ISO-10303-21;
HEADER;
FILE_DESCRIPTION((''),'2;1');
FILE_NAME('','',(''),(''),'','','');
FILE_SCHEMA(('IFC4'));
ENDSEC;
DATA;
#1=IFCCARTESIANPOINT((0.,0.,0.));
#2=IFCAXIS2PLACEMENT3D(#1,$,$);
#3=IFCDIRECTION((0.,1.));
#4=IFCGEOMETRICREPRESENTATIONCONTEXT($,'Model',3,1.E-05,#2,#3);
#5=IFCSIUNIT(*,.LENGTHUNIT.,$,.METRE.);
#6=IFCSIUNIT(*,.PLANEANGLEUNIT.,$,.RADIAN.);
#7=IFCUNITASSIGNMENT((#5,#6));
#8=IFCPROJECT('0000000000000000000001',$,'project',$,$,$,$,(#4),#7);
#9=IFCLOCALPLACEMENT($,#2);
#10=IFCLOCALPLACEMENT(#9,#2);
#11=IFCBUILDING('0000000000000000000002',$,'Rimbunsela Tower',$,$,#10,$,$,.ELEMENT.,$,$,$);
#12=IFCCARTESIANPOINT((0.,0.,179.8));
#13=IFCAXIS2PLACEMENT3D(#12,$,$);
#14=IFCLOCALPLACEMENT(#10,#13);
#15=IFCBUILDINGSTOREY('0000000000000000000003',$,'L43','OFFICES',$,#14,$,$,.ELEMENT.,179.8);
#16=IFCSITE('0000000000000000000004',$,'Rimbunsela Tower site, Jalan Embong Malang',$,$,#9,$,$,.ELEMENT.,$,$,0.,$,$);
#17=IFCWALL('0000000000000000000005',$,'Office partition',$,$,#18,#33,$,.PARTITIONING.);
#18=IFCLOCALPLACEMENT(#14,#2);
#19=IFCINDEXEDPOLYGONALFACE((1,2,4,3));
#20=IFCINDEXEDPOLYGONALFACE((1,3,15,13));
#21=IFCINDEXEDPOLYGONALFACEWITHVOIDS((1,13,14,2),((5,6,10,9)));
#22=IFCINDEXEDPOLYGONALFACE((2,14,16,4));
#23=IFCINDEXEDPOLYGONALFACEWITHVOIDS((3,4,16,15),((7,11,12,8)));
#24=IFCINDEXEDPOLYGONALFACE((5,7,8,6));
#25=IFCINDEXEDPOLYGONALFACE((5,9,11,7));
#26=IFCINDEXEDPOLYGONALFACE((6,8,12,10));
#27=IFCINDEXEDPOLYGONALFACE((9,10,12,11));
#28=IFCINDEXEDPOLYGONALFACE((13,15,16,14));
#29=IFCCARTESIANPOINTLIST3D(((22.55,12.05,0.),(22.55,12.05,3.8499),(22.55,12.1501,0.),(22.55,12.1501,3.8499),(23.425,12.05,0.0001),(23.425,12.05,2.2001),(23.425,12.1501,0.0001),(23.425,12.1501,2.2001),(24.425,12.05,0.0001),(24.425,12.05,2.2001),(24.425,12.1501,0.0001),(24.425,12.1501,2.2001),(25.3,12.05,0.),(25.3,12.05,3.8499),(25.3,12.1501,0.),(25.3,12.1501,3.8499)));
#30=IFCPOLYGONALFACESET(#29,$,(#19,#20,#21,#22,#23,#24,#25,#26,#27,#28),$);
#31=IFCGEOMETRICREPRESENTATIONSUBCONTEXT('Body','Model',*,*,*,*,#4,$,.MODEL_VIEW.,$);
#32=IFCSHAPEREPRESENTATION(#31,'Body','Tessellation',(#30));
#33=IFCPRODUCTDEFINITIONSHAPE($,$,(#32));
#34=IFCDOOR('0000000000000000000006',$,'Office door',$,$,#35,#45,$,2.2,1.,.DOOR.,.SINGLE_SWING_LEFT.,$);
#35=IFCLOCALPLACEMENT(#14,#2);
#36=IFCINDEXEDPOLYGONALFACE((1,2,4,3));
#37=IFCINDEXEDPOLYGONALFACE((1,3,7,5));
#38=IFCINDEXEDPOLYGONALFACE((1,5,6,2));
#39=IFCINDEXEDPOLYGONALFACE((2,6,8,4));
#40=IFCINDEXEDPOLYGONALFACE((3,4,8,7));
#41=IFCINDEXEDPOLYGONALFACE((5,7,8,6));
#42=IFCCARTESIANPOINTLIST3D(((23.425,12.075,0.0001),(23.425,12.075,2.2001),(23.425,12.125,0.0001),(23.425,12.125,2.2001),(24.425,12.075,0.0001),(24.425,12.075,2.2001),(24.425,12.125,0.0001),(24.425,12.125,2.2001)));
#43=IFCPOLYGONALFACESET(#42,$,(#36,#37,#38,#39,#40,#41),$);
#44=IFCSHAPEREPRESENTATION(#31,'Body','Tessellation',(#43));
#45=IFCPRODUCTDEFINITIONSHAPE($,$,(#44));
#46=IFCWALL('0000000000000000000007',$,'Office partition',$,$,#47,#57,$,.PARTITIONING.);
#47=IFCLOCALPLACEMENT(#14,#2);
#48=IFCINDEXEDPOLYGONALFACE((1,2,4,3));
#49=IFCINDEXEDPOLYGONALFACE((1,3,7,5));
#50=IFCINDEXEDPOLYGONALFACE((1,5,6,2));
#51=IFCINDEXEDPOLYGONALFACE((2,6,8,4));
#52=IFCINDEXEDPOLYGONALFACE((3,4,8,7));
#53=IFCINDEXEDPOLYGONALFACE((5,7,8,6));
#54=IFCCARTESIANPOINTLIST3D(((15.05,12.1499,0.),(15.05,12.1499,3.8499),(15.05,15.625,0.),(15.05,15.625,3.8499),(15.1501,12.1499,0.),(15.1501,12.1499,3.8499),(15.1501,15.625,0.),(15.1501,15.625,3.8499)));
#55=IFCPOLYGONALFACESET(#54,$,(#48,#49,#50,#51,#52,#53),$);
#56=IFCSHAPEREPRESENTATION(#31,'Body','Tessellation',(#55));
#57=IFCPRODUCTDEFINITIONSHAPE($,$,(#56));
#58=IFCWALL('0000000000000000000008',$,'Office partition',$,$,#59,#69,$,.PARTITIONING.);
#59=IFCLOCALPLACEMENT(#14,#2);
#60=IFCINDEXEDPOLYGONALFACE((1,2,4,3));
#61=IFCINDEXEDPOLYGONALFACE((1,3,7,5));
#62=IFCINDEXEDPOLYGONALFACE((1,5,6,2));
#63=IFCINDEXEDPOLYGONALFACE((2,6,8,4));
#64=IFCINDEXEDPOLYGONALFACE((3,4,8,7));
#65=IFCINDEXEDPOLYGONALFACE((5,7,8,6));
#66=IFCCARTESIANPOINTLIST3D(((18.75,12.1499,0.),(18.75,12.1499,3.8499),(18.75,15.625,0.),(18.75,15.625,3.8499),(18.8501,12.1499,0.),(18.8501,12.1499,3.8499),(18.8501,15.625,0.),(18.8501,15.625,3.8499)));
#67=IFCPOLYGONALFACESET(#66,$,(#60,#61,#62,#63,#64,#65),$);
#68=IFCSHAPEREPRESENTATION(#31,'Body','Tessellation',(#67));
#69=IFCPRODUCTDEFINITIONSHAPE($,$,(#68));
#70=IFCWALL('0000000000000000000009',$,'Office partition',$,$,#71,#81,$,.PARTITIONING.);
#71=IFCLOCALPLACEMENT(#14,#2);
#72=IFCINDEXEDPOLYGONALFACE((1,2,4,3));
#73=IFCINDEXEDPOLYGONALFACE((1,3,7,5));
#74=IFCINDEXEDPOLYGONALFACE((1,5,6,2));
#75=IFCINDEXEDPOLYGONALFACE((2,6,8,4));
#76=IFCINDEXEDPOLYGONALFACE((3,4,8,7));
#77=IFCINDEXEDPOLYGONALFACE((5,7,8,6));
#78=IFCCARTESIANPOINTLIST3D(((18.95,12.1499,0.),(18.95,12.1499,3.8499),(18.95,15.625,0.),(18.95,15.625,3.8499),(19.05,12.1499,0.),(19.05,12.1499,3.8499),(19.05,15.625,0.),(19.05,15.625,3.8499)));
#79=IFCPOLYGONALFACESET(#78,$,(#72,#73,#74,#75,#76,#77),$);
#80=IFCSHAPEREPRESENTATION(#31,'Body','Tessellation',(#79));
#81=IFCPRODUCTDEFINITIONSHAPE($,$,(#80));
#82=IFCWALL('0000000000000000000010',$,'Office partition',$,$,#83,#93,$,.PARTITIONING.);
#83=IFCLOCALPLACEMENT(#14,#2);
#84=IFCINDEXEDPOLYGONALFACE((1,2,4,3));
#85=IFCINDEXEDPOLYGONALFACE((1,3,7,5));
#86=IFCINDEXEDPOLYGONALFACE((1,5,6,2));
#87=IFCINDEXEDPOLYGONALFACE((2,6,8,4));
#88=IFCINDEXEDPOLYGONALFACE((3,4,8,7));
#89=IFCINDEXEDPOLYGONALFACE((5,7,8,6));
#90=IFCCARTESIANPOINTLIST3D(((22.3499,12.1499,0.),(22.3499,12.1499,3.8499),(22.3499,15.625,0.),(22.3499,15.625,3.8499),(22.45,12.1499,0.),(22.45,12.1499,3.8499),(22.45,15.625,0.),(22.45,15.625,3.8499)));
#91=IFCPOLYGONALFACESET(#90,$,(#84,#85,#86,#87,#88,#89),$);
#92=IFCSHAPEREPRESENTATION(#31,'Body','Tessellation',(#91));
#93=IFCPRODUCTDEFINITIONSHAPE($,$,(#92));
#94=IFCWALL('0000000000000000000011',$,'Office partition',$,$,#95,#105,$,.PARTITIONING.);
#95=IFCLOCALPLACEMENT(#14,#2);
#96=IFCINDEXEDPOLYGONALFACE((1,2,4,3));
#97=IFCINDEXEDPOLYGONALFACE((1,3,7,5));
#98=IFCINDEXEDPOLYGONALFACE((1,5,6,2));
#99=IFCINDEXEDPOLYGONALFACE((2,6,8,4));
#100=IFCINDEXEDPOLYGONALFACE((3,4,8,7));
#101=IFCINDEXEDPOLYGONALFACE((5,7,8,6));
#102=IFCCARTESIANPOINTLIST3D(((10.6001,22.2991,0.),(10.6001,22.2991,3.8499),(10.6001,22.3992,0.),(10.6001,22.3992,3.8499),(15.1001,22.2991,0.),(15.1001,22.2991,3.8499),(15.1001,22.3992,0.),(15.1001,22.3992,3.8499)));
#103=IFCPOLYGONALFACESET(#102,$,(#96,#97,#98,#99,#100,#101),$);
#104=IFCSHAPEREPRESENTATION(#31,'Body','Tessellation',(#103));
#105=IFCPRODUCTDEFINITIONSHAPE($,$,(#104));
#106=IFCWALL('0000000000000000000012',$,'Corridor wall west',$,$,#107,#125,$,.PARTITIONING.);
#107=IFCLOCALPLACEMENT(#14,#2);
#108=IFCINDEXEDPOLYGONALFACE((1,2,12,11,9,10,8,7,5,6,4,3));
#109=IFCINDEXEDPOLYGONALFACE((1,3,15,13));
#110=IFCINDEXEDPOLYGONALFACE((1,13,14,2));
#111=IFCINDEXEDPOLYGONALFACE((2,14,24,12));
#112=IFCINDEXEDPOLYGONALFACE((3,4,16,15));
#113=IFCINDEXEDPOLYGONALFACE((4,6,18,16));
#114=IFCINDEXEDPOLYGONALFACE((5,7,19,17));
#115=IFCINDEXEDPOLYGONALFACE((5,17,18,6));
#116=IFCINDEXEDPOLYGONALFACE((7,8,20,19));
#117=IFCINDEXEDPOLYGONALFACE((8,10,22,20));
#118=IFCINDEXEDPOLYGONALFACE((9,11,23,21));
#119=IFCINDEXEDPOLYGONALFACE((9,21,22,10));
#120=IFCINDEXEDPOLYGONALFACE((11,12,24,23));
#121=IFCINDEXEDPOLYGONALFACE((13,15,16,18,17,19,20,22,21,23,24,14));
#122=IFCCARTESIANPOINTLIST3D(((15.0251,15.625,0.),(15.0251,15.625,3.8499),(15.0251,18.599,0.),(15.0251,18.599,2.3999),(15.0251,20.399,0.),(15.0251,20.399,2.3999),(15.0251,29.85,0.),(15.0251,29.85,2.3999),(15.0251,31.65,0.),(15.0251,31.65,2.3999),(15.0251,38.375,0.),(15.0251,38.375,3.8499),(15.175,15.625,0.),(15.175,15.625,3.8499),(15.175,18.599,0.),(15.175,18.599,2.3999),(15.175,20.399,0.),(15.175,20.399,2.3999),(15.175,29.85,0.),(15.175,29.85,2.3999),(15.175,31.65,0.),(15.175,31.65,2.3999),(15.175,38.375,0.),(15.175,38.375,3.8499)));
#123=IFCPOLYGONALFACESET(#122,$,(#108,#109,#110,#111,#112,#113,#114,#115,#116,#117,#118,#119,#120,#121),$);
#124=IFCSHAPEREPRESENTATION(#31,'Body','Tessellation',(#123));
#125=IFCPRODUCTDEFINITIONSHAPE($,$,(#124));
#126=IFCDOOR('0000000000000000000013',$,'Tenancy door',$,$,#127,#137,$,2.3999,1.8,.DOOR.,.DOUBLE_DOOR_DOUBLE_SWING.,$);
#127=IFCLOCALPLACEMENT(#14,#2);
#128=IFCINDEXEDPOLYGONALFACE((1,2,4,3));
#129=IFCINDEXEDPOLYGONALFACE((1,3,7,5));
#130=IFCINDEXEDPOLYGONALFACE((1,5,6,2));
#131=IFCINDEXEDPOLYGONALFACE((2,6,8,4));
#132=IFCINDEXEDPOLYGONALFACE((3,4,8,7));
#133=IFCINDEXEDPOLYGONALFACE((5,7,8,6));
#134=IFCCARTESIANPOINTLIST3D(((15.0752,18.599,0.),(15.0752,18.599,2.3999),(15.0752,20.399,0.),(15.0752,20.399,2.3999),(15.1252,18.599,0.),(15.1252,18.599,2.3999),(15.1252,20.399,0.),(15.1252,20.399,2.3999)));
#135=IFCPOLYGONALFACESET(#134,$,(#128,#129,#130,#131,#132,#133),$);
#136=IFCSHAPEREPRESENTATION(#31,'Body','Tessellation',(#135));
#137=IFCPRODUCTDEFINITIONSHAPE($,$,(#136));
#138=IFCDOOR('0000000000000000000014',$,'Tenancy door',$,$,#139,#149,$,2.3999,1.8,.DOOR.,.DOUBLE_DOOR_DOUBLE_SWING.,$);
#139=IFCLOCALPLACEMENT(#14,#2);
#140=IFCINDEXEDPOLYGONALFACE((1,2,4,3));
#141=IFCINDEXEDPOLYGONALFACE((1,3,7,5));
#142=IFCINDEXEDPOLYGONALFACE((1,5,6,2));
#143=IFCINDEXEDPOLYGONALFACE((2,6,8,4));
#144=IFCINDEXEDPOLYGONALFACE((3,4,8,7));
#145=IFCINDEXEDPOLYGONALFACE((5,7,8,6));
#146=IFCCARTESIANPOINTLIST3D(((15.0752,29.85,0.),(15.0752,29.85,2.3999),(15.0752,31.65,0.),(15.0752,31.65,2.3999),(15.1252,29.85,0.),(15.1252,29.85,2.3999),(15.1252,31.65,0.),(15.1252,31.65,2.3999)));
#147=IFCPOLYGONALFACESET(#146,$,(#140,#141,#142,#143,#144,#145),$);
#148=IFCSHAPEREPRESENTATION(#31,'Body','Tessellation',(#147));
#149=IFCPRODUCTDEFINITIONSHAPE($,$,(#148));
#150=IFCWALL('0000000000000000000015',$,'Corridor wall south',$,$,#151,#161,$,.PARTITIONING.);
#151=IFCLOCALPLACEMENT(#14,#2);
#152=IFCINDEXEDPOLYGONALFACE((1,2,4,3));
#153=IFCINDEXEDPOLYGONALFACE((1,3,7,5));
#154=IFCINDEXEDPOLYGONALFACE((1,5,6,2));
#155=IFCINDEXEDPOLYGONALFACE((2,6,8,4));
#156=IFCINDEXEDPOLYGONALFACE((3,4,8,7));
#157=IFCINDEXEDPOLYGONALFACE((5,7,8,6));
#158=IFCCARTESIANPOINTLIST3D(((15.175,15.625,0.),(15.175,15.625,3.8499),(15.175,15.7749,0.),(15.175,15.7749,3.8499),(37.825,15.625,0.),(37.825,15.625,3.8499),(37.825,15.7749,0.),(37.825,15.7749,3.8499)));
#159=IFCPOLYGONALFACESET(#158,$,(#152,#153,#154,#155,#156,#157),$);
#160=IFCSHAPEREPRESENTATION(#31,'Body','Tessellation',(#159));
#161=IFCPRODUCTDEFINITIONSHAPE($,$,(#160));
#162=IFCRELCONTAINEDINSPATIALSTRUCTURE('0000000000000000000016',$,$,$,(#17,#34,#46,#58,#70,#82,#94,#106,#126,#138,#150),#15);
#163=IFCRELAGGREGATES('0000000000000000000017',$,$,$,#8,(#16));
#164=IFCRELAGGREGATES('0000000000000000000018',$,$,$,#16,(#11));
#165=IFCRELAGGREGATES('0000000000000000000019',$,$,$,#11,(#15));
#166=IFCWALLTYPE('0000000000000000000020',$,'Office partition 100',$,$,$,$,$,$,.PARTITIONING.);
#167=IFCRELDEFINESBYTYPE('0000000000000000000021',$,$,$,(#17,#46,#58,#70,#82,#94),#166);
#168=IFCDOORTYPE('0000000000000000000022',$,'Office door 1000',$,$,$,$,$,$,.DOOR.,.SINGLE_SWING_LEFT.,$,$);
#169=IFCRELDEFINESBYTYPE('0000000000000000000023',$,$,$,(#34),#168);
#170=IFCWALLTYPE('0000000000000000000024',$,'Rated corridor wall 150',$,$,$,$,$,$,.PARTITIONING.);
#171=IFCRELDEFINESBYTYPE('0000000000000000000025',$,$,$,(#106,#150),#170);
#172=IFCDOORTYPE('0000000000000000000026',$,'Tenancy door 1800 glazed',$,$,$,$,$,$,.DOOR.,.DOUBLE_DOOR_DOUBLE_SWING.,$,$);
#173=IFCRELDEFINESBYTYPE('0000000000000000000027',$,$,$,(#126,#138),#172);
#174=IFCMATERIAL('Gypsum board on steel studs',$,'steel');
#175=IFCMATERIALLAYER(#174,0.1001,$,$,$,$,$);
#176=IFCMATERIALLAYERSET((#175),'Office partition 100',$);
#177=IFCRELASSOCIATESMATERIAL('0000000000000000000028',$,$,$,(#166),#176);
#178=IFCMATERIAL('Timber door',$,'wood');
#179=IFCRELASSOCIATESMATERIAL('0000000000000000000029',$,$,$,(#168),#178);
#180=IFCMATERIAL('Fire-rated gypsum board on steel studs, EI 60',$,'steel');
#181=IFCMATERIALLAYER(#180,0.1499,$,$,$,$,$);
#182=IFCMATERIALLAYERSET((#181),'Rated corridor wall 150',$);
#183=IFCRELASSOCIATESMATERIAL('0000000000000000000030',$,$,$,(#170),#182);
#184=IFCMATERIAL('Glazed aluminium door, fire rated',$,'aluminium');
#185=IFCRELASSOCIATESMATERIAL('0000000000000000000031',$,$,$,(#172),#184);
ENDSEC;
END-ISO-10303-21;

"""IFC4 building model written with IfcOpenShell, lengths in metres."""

from ifc_helpers import new_model, si_unit, direction, frame, frame_2d, origin, place, context, subcontext, project, spatial, rectangle, extrude, material, layer, layer_set, type_object, element, fill, save


model = new_model("IFC4")

# Units and contexts
model_context = context("Model", 3, precision=1e-05, world=origin(), true_north=direction((0.0, 1.0)))
body_context = subcontext(model_context, "Body", "Model", "MODEL_VIEW")
ifc_project = project(units=[si_unit("LENGTHUNIT", "METRE"), si_unit("PLANEANGLEUNIT", "RADIAN")], contexts=[model_context])

# Site, building, storey
site_placement = place(None, origin())
site = spatial("IfcSite", under=ifc_project, at=site_placement, Name="Rimbunsela Tower site, Jalan Embong Malang", CompositionType="ELEMENT", RefElevation=0.0)
building_placement = place(site_placement, origin())
building = spatial("IfcBuilding", under=site, at=building_placement, Name="Rimbunsela Tower", CompositionType="ELEMENT")
storey_placement = place(building_placement, frame((0.0, 0.0, 179.8)))
storey = spatial("IfcBuildingStorey", under=building, at=storey_placement, Name="L43", Description="OFFICES", CompositionType="ELEMENT", Elevation=179.8)

# Wall, opening, door
ifc_material_1 = material(Name="Gypsum board on steel studs", Category="steel")
ifc_layer_1 = layer(ifc_material_1, 0.1001)
ifc_layer_set_1 = layer_set([ifc_layer_1], Name="Office partition 100")
wall_type_1 = type_object("IfcWallType", Name="Office partition 100", PredefinedType="PARTITIONING", material=ifc_layer_set_1)
wall_1_placement = place(storey_placement, frame((22.55, 12.1001, 0.0), z_axis=(0.0, 0.0, 1.0), x_axis=(1.0, 0.0, 0.0)))
wall_1 = element("IfcWall", 1, at=wall_1_placement, inside=storey, type_object=wall_type_1, Name="Office partition", PredefinedType="PARTITIONING", context=body_context, shape_type="SweptSolid", body=[
    extrude(rectangle(XDim=2.75, YDim=0.1001, at=frame_2d((1.375, 0.0))), origin(), (0.0, 0.0, 1.0), 3.8499),
])
opening_1_placement = place(wall_1_placement, frame((0.875, 0.0, 0.0)))
opening_1 = element("IfcOpeningElement", 2, at=opening_1_placement, cuts=wall_1, PredefinedType="OPENING", context=body_context, shape_type="SweptSolid", body=[
    extrude(rectangle(XDim=1.0, YDim=2.2, at=frame_2d((0.5, 1.1001))), frame((0.0, 0.0601, 0.0), z_axis=(0.0, -1.0, 0.0), x_axis=(1.0, 0.0, 0.0)), (0.0, 0.0, 1.0), 0.1201),
])
ifc_material_2 = material(Name="Timber door", Category="wood")
door_type_1 = type_object("IfcDoorType", Name="Office door 1000", OperationType="SINGLE_SWING_LEFT", PredefinedType="DOOR", material=ifc_material_2)
door_1_placement = place(opening_1_placement, origin())
door_1 = element("IfcDoor", 3, at=door_1_placement, inside=storey, type_object=door_type_1, Name="Office door", OperationType="SINGLE_SWING_LEFT", OverallHeight=2.2, OverallWidth=1.0, PredefinedType="DOOR", context=body_context, shape_type="SweptSolid", body=[
    extrude(rectangle(XDim=1.0, YDim=2.2, at=frame_2d((0.5, 1.1001))), frame((0.0, 0.0249, 0.0), z_axis=(0.0, -1.0, 0.0), x_axis=(1.0, 0.0, 0.0)), (0.0, 0.0, 1.0), 0.05),
])
fill(opening_1, door_1)

# Walls
for number, where, z_axis, x_axis, name in (
    (4, (15.1001, 12.1499, 0.0), (0.0, 0.0, 1.0), (0.0, 1.0, 0.0), "Office partition"),
    (5, (18.8, 12.1499, 0.0), (0.0, 0.0, 1.0), (0.0, 1.0, 0.0), "Office partition"),
    (6, (19.0, 12.1499, 0.0), (0.0, 0.0, 1.0), (0.0, 1.0, 0.0), "Office partition"),
    (7, (22.3999, 12.1499, 0.0), (0.0, 0.0, 1.0), (0.0, 1.0, 0.0), "Office partition"),
):
    element("IfcWall", number, at=place(storey_placement, frame(where, z_axis=z_axis, x_axis=x_axis)), inside=storey, type_object=wall_type_1, Name=name, PredefinedType="PARTITIONING", context=body_context, shape_type="SweptSolid", body=[
        extrude(rectangle(XDim=3.4751, YDim=0.1001, at=frame_2d((1.7375, 0.0))), origin(), (0.0, 0.0, 1.0), 3.8499),
    ])
wall_2_placement = place(storey_placement, frame((15.1001, 22.3491, 0.0), z_axis=(0.0, 0.0, 1.0), x_axis=(-1.0, 0.0, 0.0)))
element("IfcWall", 8, at=wall_2_placement, inside=storey, type_object=wall_type_1, Name="Office partition", PredefinedType="PARTITIONING", context=body_context, shape_type="SweptSolid", body=[
    extrude(rectangle(XDim=4.5, YDim=0.1001, at=frame_2d((2.25, 0.0))), origin(), (0.0, 0.0, 1.0), 3.8499),
])

# Wall, openings, doors
ifc_material_3 = material(Name="Fire-rated gypsum board on steel studs, EI 60", Category="steel")
ifc_layer_2 = layer(ifc_material_3, 0.1499)
ifc_layer_set_2 = layer_set([ifc_layer_2], Name="Rated corridor wall 150")
wall_type_2 = type_object("IfcWallType", Name="Rated corridor wall 150", PredefinedType="PARTITIONING", material=ifc_layer_set_2)
wall_3_placement = place(storey_placement, frame((15.1001, 15.625, 0.0), z_axis=(0.0, 0.0, 1.0), x_axis=(0.0, 1.0, 0.0)))
wall_3 = element("IfcWall", 9, at=wall_3_placement, inside=storey, type_object=wall_type_2, Name="Corridor wall west", PredefinedType="PARTITIONING", context=body_context, shape_type="SweptSolid", body=[
    extrude(rectangle(XDim=22.75, YDim=0.1499, at=frame_2d((11.375, 0.0))), origin(), (0.0, 0.0, 1.0), 3.8499),
])
opening_2_placement = place(wall_3_placement, frame((2.9741, 0.0, 0.0)))
opening_2 = element("IfcOpeningElement", 10, at=opening_2_placement, cuts=wall_3, PredefinedType="OPENING", context=body_context, shape_type="SweptSolid", body=[
    extrude(rectangle(XDim=1.8, YDim=2.3999, at=frame_2d((0.8999, 1.2))), frame((0.0, 0.085, 0.0), z_axis=(0.0, -1.0, 0.0), x_axis=(1.0, 0.0, 0.0)), (0.0, 0.0, 1.0), 0.1699),
])
opening_3_placement = place(wall_3_placement, frame((14.2251, 0.0, 0.0)))
opening_3 = element("IfcOpeningElement", 11, at=opening_3_placement, cuts=wall_3, PredefinedType="OPENING", context=body_context, shape_type="SweptSolid", body=[
    extrude(rectangle(XDim=1.8, YDim=2.3999, at=frame_2d((0.8999, 1.2))), frame((0.0, 0.085, 0.0), z_axis=(0.0, -1.0, 0.0), x_axis=(1.0, 0.0, 0.0)), (0.0, 0.0, 1.0), 0.1699),
])
ifc_material_4 = material(Name="Glazed aluminium door, fire rated", Category="aluminium")
door_type_2 = type_object("IfcDoorType", Name="Tenancy door 1800 glazed", OperationType="DOUBLE_DOOR_DOUBLE_SWING", PredefinedType="DOOR", material=ifc_material_4)
door_2_placement = place(opening_2_placement, origin())
door_2 = element("IfcDoor", 12, at=door_2_placement, inside=storey, type_object=door_type_2, Name="Tenancy door", OperationType="DOUBLE_DOOR_DOUBLE_SWING", OverallHeight=2.3999, OverallWidth=1.8, PredefinedType="DOOR", context=body_context, shape_type="SweptSolid", body=[
    extrude(rectangle(XDim=1.8, YDim=2.3999, at=frame_2d((0.8999, 1.2))), frame((0.0, 0.0249, 0.0), z_axis=(0.0, -1.0, 0.0), x_axis=(1.0, 0.0, 0.0)), (0.0, 0.0, 1.0), 0.05),
])
fill(opening_2, door_2)
door_3_placement = place(opening_3_placement, origin())
door_3 = element("IfcDoor", 13, at=door_3_placement, inside=storey, type_object=door_type_2, Name="Tenancy door", OperationType="DOUBLE_DOOR_DOUBLE_SWING", OverallHeight=2.3999, OverallWidth=1.8, PredefinedType="DOOR", context=body_context, shape_type="SweptSolid", body=[
    extrude(rectangle(XDim=1.8, YDim=2.3999, at=frame_2d((0.8999, 1.2))), frame((0.0, 0.0249, 0.0), z_axis=(0.0, -1.0, 0.0), x_axis=(1.0, 0.0, 0.0)), (0.0, 0.0, 1.0), 0.05),
])
fill(opening_3, door_3)

# Wall
wall_4_placement = place(storey_placement, frame((15.175, 15.7, 0.0), z_axis=(0.0, 0.0, 1.0), x_axis=(1.0, 0.0, 0.0)))
element("IfcWall", 14, at=wall_4_placement, inside=storey, type_object=wall_type_2, Name="Corridor wall south", PredefinedType="PARTITIONING", context=body_context, shape_type="SweptSolid", body=[
    extrude(rectangle(XDim=22.6499, YDim=0.1499, at=frame_2d((11.325, 0.0))), origin(), (0.0, 0.0, 1.0), 3.8499),
])

save(model, "model.ifc")
